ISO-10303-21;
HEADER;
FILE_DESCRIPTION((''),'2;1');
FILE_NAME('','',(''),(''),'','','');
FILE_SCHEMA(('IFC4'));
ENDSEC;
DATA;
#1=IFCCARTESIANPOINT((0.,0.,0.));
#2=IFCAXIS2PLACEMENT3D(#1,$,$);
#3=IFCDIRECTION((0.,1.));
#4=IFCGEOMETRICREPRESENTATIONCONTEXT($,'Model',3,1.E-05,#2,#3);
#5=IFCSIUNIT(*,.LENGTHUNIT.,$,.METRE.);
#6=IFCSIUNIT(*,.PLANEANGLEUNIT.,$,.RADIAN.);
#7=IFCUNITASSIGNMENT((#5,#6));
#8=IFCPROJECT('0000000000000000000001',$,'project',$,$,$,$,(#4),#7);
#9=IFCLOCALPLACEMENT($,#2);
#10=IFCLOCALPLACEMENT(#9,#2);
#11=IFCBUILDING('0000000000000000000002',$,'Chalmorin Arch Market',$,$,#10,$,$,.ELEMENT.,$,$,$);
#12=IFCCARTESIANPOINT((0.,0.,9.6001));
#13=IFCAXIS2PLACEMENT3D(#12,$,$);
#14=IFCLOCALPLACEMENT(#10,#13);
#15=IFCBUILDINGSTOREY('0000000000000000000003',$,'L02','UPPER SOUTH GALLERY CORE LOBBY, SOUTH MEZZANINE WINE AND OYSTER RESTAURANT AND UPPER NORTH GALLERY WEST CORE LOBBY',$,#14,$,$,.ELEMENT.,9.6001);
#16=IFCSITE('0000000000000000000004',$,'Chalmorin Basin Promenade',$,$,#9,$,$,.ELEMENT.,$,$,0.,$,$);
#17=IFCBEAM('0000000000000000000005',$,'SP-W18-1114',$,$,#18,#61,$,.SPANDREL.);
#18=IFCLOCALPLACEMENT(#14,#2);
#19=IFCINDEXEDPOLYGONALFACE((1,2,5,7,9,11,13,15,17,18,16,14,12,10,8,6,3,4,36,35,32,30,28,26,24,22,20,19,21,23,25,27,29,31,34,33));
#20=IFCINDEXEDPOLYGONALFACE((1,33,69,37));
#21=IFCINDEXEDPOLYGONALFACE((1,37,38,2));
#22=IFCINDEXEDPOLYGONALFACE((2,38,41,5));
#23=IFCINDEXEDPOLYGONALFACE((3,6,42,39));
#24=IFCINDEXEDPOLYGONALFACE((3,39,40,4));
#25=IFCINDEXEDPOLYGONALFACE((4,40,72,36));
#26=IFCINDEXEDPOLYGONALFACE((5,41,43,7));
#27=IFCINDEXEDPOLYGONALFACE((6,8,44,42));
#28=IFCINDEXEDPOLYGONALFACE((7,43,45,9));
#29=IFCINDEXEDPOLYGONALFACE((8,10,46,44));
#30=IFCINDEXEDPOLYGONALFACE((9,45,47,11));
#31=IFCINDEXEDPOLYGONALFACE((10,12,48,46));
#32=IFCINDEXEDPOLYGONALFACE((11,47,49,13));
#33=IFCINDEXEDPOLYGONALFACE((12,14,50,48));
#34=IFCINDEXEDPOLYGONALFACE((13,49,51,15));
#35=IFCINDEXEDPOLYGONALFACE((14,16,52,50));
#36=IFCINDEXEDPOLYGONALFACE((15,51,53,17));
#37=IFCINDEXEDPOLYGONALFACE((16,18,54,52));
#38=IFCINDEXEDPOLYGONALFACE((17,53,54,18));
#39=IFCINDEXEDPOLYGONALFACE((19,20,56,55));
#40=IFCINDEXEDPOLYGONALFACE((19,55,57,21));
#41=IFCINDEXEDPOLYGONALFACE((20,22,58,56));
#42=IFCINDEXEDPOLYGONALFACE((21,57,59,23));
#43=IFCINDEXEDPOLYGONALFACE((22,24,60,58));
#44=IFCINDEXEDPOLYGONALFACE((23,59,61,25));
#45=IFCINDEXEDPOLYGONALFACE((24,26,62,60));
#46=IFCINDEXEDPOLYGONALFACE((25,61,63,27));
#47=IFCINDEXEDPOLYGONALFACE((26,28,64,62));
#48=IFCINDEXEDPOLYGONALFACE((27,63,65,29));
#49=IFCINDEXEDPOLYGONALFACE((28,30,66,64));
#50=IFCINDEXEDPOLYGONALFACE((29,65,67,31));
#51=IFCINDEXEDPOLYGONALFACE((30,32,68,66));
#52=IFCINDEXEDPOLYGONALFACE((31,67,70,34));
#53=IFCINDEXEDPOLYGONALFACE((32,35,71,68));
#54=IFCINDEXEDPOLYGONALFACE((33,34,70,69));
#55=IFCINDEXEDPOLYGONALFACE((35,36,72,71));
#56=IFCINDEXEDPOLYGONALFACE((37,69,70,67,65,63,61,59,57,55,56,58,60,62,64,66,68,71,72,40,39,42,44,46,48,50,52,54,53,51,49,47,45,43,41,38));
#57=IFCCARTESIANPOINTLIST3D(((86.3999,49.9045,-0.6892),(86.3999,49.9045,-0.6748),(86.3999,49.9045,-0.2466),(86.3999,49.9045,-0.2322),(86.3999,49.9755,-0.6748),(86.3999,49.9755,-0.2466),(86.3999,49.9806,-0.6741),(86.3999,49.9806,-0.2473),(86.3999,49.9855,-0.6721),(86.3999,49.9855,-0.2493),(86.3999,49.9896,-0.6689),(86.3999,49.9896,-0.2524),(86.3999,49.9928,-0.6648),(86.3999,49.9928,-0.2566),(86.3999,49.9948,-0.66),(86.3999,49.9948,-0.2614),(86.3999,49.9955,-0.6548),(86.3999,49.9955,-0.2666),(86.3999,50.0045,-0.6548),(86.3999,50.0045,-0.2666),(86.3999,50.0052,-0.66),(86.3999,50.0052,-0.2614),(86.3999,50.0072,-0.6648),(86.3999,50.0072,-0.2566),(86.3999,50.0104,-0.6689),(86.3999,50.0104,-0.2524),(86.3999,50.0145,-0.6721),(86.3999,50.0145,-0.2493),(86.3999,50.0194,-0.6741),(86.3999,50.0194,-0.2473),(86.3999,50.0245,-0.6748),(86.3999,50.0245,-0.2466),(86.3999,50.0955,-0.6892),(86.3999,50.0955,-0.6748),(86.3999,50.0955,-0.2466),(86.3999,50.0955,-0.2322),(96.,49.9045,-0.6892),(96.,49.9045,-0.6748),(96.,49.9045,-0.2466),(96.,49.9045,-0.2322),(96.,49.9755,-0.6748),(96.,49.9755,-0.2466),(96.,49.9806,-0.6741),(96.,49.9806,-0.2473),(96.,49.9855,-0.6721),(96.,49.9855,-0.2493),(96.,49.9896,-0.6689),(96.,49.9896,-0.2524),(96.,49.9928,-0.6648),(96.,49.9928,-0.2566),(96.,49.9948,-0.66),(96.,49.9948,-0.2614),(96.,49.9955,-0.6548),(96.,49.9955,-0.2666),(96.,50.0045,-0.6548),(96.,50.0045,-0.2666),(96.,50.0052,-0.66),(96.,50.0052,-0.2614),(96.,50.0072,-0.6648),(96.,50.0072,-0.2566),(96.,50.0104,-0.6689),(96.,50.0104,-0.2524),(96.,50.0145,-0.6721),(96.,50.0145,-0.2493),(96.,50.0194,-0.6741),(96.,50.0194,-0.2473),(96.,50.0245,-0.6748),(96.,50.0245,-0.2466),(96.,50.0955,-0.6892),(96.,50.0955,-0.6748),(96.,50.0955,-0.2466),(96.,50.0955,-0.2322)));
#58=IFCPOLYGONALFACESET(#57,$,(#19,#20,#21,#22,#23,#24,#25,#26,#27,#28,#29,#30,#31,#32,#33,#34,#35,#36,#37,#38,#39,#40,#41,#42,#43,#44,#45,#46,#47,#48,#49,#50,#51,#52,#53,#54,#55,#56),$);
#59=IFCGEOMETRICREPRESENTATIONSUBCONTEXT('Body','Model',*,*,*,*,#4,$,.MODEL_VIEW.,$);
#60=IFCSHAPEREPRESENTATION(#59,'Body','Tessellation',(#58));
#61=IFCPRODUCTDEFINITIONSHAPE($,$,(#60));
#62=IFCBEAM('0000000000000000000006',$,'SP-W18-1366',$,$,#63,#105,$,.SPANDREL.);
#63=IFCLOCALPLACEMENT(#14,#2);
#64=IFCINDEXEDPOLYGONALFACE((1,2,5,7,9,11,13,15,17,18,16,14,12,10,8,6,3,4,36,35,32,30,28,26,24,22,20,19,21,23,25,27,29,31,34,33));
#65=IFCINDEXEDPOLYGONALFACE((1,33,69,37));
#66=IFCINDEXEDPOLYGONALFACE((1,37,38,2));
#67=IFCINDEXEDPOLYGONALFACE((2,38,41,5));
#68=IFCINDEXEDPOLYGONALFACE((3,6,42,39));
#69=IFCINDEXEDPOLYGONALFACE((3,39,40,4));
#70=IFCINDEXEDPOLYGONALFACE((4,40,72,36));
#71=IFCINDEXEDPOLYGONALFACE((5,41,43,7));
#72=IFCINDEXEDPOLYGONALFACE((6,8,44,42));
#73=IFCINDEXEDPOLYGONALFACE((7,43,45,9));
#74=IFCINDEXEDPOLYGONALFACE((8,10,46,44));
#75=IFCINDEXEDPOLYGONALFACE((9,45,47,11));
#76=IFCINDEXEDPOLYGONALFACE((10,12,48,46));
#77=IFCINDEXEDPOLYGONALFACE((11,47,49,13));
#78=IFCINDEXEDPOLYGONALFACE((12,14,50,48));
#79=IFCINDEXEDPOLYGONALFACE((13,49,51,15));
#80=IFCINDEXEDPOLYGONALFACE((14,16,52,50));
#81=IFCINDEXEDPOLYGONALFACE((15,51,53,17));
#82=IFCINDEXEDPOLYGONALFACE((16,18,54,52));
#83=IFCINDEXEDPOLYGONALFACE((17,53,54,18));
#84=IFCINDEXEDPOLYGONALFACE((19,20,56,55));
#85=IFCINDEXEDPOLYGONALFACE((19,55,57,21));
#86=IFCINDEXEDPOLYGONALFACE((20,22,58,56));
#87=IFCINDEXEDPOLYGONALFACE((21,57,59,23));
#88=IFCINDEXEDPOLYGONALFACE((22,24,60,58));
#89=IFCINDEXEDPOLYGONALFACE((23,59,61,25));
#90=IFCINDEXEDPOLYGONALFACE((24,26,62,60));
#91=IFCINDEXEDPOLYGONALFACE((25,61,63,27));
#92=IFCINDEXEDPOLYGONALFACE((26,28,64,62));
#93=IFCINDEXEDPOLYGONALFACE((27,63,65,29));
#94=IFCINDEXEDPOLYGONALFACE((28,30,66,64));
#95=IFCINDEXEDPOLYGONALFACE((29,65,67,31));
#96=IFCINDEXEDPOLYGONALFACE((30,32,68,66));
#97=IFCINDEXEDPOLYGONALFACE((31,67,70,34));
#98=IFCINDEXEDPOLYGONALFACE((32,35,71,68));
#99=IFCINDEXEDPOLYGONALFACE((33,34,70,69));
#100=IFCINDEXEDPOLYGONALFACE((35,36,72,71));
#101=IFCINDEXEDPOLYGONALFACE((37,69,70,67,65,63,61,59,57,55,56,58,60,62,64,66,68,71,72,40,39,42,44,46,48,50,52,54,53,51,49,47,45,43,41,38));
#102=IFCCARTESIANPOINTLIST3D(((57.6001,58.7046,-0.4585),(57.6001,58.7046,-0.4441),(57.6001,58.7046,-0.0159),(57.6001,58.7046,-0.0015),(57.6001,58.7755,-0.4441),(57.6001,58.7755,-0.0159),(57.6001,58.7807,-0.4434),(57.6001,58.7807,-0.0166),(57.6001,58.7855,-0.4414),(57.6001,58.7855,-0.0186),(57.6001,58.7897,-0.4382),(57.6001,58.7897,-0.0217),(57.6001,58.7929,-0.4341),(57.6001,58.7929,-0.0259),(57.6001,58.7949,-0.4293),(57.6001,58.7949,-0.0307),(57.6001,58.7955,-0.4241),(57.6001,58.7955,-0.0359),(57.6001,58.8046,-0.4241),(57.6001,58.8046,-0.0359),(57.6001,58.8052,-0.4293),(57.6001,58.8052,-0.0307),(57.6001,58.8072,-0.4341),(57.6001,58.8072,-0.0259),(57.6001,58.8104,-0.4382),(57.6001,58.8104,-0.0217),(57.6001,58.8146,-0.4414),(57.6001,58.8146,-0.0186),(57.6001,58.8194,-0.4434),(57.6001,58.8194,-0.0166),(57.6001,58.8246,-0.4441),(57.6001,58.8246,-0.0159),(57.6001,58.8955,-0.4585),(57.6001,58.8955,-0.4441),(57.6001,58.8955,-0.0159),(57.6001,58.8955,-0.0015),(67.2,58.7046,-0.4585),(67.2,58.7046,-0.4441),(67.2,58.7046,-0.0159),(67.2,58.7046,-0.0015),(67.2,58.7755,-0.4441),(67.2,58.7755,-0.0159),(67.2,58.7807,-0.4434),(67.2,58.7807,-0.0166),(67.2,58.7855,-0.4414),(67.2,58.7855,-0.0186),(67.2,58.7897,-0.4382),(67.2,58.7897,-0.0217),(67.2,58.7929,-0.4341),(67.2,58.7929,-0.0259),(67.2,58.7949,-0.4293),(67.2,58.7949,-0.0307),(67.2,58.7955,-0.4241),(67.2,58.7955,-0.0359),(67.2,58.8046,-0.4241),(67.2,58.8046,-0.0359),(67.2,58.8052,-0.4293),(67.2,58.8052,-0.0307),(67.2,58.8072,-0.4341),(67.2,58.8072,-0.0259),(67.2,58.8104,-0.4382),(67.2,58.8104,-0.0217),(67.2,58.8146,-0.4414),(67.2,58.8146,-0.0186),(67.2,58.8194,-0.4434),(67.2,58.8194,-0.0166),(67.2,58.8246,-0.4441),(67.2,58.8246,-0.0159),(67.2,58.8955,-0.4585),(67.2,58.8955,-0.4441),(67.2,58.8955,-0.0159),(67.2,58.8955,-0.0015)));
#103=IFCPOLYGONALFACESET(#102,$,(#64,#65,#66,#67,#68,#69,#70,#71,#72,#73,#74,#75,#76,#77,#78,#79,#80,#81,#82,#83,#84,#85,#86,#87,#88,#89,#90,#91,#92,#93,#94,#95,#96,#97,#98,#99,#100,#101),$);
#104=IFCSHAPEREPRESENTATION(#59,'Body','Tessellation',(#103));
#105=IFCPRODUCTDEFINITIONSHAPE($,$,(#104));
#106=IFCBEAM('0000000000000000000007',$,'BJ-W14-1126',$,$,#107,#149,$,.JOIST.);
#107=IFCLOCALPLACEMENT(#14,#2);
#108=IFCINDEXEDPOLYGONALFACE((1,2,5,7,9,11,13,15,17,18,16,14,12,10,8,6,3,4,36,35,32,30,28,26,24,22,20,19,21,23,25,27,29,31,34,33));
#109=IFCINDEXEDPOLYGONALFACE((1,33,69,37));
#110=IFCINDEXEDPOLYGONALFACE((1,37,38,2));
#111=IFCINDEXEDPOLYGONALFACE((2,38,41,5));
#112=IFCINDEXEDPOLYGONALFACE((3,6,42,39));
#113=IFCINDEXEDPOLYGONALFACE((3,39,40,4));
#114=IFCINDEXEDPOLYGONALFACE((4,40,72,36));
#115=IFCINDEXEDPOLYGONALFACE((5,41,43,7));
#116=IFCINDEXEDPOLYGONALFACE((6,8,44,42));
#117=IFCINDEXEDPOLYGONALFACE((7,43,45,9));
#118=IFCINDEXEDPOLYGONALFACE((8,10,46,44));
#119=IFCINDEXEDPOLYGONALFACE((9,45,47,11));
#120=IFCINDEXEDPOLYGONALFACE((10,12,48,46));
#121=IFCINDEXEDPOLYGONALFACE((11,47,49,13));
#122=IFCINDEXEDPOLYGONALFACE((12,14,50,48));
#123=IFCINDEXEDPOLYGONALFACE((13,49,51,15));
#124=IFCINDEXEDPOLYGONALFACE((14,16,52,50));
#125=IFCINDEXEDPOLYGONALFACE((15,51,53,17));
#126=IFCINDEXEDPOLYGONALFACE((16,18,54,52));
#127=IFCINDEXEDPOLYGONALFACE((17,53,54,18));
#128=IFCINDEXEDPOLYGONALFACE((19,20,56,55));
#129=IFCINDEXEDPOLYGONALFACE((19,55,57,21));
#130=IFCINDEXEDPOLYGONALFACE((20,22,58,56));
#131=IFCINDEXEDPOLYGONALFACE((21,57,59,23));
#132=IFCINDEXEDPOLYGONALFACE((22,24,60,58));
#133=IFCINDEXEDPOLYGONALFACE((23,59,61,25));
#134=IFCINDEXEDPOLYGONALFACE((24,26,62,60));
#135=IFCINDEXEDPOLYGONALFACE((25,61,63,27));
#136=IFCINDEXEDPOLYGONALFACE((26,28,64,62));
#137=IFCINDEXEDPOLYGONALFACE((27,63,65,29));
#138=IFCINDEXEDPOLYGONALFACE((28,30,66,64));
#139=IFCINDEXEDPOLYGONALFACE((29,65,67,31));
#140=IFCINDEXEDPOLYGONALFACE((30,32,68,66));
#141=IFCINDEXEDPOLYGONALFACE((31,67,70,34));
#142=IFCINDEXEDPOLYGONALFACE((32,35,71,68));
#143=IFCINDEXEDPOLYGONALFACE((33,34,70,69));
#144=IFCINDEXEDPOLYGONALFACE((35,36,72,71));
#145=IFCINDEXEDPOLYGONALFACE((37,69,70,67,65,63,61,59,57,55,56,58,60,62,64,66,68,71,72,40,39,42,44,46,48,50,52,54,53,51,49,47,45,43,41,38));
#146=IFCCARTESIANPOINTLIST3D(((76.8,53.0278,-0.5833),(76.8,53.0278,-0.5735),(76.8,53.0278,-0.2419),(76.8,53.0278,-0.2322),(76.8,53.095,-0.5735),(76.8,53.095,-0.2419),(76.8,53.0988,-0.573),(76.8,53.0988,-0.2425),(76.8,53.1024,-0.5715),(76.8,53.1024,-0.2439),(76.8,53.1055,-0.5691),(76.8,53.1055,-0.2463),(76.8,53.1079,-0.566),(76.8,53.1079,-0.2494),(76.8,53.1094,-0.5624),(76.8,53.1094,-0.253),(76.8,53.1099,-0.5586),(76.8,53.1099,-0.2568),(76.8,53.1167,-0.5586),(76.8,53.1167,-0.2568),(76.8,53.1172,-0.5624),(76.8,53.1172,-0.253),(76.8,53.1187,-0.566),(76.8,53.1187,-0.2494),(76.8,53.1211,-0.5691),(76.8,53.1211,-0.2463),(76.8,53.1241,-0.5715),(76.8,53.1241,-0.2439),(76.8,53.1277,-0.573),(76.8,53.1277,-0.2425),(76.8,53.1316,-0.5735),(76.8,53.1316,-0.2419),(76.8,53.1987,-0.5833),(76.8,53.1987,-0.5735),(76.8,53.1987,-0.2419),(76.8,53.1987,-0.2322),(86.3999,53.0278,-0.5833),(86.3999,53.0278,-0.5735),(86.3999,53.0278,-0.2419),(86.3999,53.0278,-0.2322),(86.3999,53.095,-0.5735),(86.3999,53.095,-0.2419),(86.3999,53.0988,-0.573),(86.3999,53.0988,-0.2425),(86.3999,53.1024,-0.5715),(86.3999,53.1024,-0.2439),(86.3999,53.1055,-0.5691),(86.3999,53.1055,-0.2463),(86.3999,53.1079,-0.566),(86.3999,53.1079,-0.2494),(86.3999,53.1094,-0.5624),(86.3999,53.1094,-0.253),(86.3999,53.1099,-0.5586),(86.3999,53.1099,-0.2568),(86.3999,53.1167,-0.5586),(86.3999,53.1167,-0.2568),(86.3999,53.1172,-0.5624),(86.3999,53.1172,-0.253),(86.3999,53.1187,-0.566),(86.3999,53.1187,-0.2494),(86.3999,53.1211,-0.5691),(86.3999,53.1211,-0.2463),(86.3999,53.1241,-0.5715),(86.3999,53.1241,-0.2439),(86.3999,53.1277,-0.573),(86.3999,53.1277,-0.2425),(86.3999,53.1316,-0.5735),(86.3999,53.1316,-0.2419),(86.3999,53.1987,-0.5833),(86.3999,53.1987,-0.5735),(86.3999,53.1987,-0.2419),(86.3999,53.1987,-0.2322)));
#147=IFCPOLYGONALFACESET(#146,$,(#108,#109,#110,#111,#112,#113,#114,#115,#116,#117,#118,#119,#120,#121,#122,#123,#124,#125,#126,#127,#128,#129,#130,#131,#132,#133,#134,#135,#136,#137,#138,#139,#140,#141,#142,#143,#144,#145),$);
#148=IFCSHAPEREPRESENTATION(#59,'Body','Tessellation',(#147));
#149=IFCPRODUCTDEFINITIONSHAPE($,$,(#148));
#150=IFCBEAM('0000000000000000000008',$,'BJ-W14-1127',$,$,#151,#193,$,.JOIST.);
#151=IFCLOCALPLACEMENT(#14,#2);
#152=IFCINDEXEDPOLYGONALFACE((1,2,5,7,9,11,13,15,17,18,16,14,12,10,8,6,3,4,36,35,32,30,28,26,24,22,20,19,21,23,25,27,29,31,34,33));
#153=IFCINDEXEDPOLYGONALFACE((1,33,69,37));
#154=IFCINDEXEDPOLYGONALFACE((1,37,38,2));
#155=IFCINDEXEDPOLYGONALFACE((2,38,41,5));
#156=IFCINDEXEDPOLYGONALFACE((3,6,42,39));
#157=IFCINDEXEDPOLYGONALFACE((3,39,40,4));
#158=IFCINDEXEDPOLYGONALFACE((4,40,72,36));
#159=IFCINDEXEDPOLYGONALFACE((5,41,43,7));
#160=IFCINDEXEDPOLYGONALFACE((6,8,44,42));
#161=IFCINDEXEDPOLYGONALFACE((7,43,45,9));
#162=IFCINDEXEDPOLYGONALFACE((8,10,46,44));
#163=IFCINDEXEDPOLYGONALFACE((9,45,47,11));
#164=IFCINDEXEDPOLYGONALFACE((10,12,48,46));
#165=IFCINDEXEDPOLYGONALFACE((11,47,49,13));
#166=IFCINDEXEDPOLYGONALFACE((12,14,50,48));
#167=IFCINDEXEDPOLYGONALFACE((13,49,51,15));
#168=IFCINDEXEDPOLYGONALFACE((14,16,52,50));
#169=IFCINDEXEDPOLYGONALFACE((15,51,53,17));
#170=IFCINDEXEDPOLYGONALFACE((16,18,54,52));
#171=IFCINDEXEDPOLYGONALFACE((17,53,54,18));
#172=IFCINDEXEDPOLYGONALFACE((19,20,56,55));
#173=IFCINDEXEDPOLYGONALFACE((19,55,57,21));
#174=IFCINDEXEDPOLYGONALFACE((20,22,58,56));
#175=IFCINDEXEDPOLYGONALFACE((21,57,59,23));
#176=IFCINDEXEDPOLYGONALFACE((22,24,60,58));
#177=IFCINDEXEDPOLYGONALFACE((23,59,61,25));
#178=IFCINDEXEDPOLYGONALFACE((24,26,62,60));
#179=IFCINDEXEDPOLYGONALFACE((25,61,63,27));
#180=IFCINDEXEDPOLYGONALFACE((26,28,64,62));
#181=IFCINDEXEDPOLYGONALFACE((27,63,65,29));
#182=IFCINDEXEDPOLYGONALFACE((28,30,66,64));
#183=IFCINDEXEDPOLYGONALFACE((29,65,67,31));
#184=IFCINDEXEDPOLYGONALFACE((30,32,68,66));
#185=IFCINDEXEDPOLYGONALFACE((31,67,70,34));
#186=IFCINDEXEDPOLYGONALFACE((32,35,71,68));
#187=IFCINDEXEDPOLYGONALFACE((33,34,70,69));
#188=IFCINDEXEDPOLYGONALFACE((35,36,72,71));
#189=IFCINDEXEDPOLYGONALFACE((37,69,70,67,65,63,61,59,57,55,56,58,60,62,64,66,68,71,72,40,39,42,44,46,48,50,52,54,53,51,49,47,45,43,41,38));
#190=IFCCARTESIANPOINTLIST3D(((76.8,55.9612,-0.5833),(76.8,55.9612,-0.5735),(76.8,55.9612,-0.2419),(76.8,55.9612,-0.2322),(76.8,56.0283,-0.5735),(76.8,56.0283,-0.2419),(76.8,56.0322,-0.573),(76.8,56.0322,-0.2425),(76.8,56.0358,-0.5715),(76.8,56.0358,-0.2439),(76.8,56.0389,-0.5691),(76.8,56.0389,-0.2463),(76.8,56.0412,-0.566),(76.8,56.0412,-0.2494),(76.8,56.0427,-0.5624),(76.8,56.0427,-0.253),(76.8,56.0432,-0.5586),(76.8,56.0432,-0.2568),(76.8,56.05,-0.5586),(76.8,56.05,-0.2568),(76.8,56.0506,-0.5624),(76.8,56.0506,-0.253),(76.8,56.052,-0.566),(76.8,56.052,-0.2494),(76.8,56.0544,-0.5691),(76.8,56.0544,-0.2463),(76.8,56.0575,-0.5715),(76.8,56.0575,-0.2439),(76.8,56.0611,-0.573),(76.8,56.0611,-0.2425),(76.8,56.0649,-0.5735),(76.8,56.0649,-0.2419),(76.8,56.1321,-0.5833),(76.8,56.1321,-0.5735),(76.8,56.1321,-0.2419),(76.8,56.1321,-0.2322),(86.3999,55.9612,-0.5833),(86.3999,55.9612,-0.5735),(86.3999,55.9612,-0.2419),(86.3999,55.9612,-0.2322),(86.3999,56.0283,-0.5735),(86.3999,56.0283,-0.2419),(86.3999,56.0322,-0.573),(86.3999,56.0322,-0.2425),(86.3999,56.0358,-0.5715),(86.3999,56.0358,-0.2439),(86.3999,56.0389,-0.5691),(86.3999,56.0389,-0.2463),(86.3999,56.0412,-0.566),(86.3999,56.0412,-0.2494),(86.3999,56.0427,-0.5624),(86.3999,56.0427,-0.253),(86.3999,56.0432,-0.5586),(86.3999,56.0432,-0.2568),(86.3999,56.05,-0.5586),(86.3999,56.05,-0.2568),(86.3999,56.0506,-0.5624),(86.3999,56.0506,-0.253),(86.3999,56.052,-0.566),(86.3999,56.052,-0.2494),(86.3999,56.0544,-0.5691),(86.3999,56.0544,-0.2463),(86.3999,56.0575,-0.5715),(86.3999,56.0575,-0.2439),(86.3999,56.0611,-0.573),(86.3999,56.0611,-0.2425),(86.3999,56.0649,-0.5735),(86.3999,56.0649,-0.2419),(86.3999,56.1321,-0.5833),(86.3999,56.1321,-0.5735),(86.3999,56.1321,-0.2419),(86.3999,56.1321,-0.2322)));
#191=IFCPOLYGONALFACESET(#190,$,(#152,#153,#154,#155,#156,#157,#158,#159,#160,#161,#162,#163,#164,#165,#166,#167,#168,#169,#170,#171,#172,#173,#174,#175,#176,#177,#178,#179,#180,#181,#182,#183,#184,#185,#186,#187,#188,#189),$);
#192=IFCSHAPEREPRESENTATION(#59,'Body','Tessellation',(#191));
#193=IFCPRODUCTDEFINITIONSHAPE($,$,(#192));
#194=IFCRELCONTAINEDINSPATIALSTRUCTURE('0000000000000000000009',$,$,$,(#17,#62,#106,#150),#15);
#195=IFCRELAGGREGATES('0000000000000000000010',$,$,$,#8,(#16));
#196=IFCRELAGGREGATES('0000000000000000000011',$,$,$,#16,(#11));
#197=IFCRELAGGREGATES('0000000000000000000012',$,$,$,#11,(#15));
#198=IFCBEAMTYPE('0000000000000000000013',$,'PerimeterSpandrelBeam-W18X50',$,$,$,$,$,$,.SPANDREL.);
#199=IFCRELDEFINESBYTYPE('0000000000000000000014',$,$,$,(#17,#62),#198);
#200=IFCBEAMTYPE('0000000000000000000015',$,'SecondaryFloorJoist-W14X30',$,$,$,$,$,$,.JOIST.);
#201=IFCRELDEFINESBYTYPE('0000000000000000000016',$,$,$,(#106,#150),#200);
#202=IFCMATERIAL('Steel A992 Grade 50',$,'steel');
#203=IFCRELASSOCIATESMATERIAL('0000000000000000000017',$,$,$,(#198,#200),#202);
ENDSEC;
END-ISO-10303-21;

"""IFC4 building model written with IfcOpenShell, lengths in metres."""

from ifc_helpers import new_model, si_unit, direction, frame, origin, origin_2d, place, context, subcontext, project, spatial, i_section, extrude, material, material_profile, profile_set, type_object, element, save


model = new_model("IFC4")

# Units and contexts
model_context = context("Model", 3, precision=1e-05, world=origin(), true_north=direction((0.0, 1.0)))
body_context = subcontext(model_context, "Body", "Model", "MODEL_VIEW")
ifc_project = project(units=[si_unit("LENGTHUNIT", "METRE"), si_unit("PLANEANGLEUNIT", "RADIAN")], contexts=[model_context])

# Site, building, storey
site_placement = place(None, origin())
site = spatial("IfcSite", under=ifc_project, at=site_placement, Name="Chalmorin Basin Promenade", CompositionType="ELEMENT", RefElevation=0.0)
building_placement = place(site_placement, origin())
building = spatial("IfcBuilding", under=site, at=building_placement, Name="Chalmorin Arch Market", CompositionType="ELEMENT")
storey_placement = place(building_placement, frame((0.0, 0.0, 9.6001)))
storey = spatial("IfcBuildingStorey", under=building, at=storey_placement, Name="L02", Description="UPPER SOUTH GALLERY CORE LOBBY, SOUTH MEZZANINE WINE AND OYSTER RESTAURANT AND UPPER NORTH GALLERY WEST CORE LOBBY", CompositionType="ELEMENT", Elevation=9.6001)

# Shared definitions
ifc_material_1 = material(Name="Steel A992 Grade 50", Category="steel")

# Beams
ifc_material_profile_1 = material_profile(ifc_material_1, i_section(OverallWidth=0.1909, OverallDepth=0.457, WebThickness=0.009, FlangeThickness=0.0144, FilletRadius=0.02, at=origin_2d()), Name="W18X50")
ifc_profile_set_1 = profile_set([ifc_material_profile_1], Name="Steel A992 Grade 50")
beam_type_1 = type_object("IfcBeamType", Name="PerimeterSpandrelBeam-W18X50", PredefinedType="SPANDREL", material=ifc_profile_set_1)
for number, where, z_axis, x_axis, name in (
    (1, (86.3999, 50.0, -0.4607), (1.0, 0.0, 0.0), (0.0, 1.0, 0.0), "SP-W18-1114"),
):
    element("IfcBeam", number, at=place(storey_placement, frame(where, z_axis=z_axis, x_axis=x_axis)), inside=storey, type_object=beam_type_1, Name=name, PredefinedType="SPANDREL", context=body_context, shape_type="SweptSolid", body=[
        extrude(i_section(OverallWidth=0.1909, OverallDepth=0.457, WebThickness=0.009, FlangeThickness=0.0144, FilletRadius=0.02, at=origin_2d()), origin(), (0.0, 0.0, 1.0), 9.6001),
    ])
beam_1_placement = place(storey_placement, frame((57.6001, 58.8, -0.23), z_axis=(1.0, 0.0, 0.0), x_axis=(0.0, 1.0, 0.0)))
element("IfcBeam", 2, at=beam_1_placement, inside=storey, type_object=beam_type_1, Name="SP-W18-1366", PredefinedType="SPANDREL", context=body_context, shape_type="SweptSolid", body=[
    extrude(i_section(OverallWidth=0.1909, OverallDepth=0.457, WebThickness=0.009, FlangeThickness=0.0144, FilletRadius=0.02, at=origin_2d()), origin(), (0.0, 0.0, 1.0), 9.5999),
])
ifc_material_profile_2 = material_profile(ifc_material_1, i_section(OverallWidth=0.1709, OverallDepth=0.3511, WebThickness=0.0068, FlangeThickness=0.0098, FilletRadius=0.0149, at=origin_2d()), Name="W14X30")
ifc_profile_set_2 = profile_set([ifc_material_profile_2], Name="Steel A992 Grade 50")
beam_type_2 = type_object("IfcBeamType", Name="SecondaryFloorJoist-W14X30", PredefinedType="JOIST", material=ifc_profile_set_2)
for number, where, z_axis, x_axis, name in (
    (3, (76.8, 53.1133, -0.4077), (1.0, 0.0, 0.0), (0.0, 1.0, 0.0), "BJ-W14-1126"),
    (4, (76.8, 56.0466, -0.4077), (1.0, 0.0, 0.0), (0.0, 1.0, 0.0), "BJ-W14-1127"),
):
    element("IfcBeam", number, at=place(storey_placement, frame(where, z_axis=z_axis, x_axis=x_axis)), inside=storey, type_object=beam_type_2, Name=name, PredefinedType="JOIST", context=body_context, shape_type="SweptSolid", body=[
        extrude(i_section(OverallWidth=0.1709, OverallDepth=0.3511, WebThickness=0.0068, FlangeThickness=0.0098, FilletRadius=0.0149, at=origin_2d()), origin(), (0.0, 0.0, 1.0), 9.5999),
    ])

save(model, "model.ifc")
